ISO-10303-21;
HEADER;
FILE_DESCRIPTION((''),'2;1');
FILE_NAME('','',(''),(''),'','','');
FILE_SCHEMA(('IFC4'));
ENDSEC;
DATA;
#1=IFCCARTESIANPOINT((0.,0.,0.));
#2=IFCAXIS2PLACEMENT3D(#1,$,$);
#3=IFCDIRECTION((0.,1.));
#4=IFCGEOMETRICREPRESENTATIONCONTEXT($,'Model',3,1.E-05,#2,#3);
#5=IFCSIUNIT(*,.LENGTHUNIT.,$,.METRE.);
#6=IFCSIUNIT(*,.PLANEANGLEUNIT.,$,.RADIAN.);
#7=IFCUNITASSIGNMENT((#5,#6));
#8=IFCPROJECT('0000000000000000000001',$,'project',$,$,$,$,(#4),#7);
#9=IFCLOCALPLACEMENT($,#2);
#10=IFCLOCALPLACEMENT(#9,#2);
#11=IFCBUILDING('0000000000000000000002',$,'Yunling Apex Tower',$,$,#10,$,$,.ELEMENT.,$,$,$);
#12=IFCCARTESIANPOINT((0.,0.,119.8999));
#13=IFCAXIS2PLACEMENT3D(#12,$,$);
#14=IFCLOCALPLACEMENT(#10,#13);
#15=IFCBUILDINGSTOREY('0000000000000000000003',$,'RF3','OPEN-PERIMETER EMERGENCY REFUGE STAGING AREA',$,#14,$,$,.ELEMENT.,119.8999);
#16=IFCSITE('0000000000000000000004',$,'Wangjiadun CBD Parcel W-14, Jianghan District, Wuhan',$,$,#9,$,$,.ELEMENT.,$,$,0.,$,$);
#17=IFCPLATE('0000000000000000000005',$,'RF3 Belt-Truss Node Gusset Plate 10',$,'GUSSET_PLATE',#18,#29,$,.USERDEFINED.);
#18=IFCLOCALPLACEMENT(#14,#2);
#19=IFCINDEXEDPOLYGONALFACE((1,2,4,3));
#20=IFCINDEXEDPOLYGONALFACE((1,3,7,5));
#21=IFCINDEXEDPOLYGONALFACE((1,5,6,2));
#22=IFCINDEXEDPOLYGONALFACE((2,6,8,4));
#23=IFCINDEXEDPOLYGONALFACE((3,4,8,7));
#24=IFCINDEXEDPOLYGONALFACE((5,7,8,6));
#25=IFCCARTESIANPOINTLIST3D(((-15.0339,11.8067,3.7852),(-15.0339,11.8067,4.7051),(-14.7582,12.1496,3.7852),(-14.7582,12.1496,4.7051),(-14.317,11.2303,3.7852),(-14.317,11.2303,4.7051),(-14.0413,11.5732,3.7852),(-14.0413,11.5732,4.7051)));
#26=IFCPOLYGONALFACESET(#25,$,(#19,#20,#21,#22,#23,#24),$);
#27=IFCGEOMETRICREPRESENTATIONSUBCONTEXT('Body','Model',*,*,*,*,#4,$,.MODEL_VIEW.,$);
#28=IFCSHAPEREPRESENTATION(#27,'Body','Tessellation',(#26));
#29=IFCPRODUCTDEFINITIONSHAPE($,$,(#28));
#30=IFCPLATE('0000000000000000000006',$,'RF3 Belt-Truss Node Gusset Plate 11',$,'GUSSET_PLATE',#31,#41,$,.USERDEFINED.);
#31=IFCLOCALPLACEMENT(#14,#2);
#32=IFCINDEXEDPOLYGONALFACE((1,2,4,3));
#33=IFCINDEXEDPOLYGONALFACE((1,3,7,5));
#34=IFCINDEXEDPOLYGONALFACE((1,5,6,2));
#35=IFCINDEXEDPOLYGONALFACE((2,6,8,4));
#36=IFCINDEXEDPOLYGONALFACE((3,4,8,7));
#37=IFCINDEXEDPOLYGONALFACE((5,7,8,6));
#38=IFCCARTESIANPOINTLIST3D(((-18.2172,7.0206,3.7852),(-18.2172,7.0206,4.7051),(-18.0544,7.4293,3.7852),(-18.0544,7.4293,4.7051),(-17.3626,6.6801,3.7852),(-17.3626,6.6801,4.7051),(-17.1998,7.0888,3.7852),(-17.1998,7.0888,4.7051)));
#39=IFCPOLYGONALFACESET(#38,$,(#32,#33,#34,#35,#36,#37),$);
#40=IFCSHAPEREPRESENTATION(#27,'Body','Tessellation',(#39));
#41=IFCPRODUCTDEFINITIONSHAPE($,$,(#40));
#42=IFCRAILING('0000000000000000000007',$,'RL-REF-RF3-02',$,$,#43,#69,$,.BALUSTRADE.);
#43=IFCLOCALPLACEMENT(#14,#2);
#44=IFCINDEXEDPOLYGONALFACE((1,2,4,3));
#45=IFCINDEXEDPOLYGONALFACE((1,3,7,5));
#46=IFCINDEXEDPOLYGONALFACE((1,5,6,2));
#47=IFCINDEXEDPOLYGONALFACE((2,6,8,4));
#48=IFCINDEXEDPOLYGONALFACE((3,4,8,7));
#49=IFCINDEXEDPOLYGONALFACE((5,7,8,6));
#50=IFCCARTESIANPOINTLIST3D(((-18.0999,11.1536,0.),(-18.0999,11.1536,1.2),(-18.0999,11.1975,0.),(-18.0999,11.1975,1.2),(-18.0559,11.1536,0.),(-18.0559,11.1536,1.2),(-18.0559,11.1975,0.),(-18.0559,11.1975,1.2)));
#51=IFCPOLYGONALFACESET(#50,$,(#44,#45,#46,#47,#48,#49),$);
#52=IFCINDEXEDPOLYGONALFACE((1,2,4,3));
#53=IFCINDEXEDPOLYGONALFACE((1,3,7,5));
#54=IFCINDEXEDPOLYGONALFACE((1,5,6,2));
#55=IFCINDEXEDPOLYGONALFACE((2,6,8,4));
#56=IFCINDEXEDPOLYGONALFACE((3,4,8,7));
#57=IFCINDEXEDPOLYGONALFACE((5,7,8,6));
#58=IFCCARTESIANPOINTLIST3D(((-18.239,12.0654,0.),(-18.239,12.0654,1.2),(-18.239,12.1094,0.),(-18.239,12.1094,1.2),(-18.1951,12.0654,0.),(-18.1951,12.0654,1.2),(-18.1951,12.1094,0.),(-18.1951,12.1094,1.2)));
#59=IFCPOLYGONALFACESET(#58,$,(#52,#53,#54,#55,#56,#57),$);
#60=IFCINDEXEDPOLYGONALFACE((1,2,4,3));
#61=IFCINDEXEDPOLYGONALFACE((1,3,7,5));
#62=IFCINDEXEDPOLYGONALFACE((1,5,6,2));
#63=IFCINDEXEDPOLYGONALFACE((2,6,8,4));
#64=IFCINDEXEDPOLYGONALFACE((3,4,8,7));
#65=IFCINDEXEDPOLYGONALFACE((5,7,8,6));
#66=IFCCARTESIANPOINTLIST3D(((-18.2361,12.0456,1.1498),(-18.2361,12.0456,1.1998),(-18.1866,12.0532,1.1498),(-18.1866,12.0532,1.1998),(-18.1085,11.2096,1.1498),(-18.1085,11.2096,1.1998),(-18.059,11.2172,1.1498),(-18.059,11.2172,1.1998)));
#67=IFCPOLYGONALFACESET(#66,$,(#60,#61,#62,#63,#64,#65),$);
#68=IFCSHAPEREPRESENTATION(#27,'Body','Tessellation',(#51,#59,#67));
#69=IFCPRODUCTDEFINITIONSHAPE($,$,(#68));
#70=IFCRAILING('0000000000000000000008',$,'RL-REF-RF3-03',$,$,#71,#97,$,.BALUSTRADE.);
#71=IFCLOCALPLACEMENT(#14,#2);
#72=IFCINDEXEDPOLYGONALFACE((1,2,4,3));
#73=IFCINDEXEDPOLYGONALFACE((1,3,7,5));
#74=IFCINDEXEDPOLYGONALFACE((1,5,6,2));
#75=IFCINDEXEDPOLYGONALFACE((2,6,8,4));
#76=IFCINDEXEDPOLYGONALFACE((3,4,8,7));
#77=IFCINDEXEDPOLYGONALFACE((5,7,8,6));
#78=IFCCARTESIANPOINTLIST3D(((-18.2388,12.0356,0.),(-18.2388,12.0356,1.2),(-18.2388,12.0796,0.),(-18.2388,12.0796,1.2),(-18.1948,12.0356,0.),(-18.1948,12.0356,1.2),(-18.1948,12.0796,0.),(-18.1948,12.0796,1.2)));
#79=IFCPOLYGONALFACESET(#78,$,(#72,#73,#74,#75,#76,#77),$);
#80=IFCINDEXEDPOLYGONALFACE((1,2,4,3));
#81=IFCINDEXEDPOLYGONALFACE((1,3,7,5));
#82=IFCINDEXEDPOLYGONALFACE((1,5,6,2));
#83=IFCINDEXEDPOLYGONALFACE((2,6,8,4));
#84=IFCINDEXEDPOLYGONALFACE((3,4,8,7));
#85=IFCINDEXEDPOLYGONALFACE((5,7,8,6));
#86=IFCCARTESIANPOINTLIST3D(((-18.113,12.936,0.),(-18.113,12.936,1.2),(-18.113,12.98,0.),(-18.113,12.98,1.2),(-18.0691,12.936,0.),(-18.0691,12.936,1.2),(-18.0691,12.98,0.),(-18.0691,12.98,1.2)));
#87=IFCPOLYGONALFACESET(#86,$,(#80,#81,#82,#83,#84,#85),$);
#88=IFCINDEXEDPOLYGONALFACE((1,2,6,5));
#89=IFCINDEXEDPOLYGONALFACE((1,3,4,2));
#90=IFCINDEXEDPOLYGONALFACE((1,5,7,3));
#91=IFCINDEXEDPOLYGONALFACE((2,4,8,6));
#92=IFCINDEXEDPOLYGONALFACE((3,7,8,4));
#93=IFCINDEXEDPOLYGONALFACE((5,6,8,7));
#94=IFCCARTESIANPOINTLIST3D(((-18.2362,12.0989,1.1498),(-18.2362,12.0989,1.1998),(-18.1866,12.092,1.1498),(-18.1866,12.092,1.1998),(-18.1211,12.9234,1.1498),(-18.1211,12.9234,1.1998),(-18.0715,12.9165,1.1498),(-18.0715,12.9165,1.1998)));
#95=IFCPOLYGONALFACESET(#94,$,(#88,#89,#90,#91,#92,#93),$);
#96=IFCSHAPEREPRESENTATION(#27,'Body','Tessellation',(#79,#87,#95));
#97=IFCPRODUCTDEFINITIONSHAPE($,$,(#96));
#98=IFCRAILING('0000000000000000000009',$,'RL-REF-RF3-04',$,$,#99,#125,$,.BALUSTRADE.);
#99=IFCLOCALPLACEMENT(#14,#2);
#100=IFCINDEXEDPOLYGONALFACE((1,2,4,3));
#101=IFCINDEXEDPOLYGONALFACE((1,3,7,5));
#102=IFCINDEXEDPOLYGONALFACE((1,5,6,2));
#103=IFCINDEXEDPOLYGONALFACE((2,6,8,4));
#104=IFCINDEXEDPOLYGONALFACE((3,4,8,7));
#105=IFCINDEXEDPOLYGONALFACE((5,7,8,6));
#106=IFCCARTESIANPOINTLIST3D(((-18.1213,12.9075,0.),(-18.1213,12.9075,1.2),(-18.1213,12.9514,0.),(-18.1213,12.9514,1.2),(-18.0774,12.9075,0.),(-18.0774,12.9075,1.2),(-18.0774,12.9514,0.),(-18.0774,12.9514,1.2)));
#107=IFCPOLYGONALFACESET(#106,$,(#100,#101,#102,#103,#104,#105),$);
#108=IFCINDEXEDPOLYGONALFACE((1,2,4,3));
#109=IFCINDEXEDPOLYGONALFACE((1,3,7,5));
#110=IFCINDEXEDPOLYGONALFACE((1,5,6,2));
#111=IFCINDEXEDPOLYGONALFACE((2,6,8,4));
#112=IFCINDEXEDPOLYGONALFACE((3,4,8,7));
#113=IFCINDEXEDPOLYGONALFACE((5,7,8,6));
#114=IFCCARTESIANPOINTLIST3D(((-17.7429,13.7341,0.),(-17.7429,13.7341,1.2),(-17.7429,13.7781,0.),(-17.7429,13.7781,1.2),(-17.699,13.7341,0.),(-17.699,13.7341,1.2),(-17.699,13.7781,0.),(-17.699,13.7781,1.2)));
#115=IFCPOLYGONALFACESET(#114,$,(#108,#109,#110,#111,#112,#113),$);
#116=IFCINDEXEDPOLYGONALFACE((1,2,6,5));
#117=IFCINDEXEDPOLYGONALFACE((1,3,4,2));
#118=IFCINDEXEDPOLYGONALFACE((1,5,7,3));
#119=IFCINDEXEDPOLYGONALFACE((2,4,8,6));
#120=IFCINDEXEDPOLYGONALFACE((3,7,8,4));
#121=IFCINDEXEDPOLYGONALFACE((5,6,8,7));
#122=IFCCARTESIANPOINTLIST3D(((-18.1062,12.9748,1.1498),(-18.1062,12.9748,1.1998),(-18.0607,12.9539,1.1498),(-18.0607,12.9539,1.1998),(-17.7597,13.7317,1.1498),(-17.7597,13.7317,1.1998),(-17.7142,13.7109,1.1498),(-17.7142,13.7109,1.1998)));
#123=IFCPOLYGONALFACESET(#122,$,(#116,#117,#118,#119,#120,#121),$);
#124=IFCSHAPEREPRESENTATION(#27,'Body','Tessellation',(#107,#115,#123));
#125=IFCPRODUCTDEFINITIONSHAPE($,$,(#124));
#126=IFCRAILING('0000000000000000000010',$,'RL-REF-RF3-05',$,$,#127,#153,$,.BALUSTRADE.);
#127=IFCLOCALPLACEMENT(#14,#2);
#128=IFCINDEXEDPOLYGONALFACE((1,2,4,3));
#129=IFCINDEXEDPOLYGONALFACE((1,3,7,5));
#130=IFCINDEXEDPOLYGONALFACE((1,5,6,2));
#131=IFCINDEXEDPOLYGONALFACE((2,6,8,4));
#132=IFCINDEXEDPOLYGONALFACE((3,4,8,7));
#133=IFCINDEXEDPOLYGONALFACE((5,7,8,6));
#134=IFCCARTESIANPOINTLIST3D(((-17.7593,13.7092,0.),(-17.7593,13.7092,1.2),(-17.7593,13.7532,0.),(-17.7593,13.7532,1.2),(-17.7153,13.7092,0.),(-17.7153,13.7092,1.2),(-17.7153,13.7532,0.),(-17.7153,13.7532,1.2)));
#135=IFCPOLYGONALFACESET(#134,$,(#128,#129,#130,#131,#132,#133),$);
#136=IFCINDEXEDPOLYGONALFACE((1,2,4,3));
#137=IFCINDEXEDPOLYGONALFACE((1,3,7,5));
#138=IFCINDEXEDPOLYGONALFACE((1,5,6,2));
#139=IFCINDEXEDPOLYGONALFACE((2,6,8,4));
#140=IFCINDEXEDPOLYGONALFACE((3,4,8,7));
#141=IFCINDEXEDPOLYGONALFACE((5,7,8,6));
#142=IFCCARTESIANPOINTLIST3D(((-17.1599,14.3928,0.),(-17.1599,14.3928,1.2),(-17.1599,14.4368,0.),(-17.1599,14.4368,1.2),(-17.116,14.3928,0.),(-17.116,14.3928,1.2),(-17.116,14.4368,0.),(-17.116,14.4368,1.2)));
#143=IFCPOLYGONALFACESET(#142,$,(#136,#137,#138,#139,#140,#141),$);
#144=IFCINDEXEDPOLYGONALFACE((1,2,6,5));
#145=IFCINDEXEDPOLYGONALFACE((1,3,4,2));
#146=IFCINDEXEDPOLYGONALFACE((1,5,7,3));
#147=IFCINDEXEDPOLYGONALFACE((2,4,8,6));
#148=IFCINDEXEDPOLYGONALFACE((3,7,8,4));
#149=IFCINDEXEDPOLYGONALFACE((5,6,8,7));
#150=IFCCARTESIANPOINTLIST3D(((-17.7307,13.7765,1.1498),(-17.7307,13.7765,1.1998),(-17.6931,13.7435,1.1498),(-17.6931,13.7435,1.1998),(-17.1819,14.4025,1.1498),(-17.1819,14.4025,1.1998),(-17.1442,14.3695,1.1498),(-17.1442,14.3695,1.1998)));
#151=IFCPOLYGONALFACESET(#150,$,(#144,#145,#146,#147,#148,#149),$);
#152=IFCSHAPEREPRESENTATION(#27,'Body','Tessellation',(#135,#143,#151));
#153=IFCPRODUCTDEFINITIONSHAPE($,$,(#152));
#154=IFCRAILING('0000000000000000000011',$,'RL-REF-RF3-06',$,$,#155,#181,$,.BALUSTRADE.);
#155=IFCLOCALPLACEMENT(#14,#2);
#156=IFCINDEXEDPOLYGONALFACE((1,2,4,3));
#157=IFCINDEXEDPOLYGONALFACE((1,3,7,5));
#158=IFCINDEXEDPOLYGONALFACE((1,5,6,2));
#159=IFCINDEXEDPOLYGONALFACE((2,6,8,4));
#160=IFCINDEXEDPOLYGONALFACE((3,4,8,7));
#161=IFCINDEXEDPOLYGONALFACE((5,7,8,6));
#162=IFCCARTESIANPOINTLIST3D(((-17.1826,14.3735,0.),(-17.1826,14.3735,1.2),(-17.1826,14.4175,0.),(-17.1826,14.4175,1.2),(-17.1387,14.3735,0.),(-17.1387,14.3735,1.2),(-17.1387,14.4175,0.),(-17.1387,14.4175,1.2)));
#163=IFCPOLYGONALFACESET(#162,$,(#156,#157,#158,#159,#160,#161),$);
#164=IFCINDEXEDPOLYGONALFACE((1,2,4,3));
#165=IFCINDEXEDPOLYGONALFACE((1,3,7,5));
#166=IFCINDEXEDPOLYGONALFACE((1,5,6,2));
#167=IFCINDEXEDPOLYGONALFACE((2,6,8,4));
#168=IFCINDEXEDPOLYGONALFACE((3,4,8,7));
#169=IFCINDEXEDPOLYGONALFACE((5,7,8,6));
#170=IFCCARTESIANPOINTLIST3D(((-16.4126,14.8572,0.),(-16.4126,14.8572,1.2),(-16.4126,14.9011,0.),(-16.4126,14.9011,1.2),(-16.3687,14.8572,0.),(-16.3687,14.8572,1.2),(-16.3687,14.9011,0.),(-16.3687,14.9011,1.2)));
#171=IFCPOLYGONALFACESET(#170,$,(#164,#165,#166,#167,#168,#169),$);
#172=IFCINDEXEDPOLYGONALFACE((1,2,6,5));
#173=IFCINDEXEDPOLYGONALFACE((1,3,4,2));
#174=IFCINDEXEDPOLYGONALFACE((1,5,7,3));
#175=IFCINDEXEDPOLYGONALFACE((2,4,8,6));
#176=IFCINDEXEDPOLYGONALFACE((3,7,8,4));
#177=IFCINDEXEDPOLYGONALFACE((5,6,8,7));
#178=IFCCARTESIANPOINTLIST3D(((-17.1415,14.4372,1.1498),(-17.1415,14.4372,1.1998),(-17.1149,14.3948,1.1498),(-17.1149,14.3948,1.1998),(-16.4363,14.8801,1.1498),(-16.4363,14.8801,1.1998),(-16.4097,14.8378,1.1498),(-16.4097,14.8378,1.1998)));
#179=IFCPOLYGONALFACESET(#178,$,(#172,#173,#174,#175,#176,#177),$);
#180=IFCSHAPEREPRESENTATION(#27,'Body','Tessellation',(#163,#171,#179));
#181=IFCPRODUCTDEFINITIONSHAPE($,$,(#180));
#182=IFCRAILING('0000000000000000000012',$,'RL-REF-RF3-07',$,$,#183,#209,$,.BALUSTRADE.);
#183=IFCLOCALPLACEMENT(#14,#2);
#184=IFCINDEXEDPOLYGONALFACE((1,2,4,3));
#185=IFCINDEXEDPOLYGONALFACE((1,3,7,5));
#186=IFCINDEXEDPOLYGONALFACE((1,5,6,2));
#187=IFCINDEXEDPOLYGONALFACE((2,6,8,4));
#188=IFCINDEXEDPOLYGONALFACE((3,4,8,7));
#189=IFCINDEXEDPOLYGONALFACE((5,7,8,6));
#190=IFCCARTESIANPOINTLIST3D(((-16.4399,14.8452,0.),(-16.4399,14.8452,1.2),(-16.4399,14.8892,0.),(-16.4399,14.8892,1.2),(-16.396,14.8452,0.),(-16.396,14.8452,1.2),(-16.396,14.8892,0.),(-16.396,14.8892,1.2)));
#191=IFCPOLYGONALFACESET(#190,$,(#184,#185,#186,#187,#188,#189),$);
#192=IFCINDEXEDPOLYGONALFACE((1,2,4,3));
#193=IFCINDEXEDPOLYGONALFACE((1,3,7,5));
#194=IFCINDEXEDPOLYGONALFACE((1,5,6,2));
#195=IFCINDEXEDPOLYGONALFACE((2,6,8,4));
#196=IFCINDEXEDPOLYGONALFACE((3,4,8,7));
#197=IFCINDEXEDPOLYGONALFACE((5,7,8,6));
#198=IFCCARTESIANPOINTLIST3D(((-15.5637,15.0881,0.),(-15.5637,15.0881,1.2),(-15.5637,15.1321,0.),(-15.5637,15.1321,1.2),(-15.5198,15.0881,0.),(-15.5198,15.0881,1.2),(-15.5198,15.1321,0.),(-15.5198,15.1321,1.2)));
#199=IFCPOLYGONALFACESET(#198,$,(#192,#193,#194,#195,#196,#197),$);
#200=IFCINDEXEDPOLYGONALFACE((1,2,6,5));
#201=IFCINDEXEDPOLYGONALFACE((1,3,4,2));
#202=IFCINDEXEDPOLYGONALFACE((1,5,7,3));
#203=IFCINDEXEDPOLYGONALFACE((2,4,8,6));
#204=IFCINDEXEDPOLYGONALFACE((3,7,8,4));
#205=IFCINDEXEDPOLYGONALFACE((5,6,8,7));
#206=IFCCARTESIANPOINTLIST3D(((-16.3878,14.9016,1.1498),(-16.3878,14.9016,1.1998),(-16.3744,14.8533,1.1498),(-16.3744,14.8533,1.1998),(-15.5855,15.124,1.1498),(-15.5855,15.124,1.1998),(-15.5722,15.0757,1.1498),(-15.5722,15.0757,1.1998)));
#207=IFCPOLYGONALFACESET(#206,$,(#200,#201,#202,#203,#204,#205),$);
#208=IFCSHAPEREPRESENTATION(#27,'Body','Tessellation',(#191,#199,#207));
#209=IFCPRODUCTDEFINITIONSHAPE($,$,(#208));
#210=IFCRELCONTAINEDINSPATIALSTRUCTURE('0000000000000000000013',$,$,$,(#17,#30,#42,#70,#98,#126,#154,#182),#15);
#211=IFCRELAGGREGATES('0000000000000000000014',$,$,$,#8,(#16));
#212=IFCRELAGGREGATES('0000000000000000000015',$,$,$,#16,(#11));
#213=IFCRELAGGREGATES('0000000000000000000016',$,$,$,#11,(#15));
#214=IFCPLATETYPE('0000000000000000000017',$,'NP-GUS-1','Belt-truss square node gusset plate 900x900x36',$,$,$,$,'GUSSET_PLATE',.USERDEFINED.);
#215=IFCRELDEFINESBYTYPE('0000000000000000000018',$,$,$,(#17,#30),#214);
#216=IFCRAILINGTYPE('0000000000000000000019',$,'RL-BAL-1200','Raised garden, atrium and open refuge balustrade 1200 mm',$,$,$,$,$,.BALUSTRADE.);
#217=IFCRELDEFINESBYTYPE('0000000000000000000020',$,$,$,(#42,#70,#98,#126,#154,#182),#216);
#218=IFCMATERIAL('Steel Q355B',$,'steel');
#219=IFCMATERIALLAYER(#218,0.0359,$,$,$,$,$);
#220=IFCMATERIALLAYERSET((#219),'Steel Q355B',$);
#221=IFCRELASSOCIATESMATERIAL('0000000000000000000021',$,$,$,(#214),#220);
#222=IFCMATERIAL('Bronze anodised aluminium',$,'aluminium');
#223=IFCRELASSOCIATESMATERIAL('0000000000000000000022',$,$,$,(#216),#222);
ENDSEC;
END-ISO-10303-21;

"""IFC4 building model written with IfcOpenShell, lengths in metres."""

from ifc_helpers import new_model, si_unit, direction, frame, origin, origin_2d, place, context, subcontext, project, spatial, rectangle, extrude, source, transform, mapped, material, layer, layer_set, type_object, element, save


model = new_model("IFC4")

# Units and contexts
model_context = context("Model", 3, precision=1e-05, world=origin(), true_north=direction((0.0, 1.0)))
body_context = subcontext(model_context, "Body", "Model", "MODEL_VIEW")
ifc_project = project(units=[si_unit("LENGTHUNIT", "METRE"), si_unit("PLANEANGLEUNIT", "RADIAN")], contexts=[model_context])

# Site, building, storey
site_placement = place(None, origin())
site = spatial("IfcSite", under=ifc_project, at=site_placement, Name="Wangjiadun CBD Parcel W-14, Jianghan District, Wuhan", CompositionType="ELEMENT", RefElevation=0.0)
building_placement = place(site_placement, origin())
building = spatial("IfcBuilding", under=site, at=building_placement, Name="Yunling Apex Tower", CompositionType="ELEMENT")
storey_placement = place(building_placement, frame((0.0, 0.0, 119.8999)))
storey = spatial("IfcBuildingStorey", under=building, at=storey_placement, Name="RF3", Description="OPEN-PERIMETER EMERGENCY REFUGE STAGING AREA", CompositionType="ELEMENT", Elevation=119.8999)

# Shared definitions
ifc_material_1 = material(Name="Steel Q355B", Category="steel")

# Plates
ifc_layer_1 = layer(ifc_material_1, 0.0359)
ifc_layer_set_1 = layer_set([ifc_layer_1], Name="Steel Q355B")
plate_type_1 = type_object("IfcPlateType", Name="NP-GUS-1", Description="Belt-truss square node gusset plate 900x900x36", ElementType="GUSSET_PLATE", PredefinedType="USERDEFINED", material=ifc_layer_set_1)
shared_shape_1 = source(origin(), body_context, "Body", "SweptSolid", [
    extrude(rectangle(XDim=0.9199, YDim=0.4399, at=origin_2d()), origin(), (0.0, 0.0, 1.0), 0.9199),
])
for number, where, z_axis, x_axis, name in (
    (1, (-14.5376, 11.6899, 3.7852), (0.0, 0.0, 1.0), (-0.779338, 0.626604, 0.0), "RF3 Belt-Truss Node Gusset Plate 10"),
    (2, (-17.7085, 7.0547, 3.7852), (0.0, 0.0, 1.0), (-0.929003, 0.370071, 0.0), "RF3 Belt-Truss Node Gusset Plate 11"),
):
    element("IfcPlate", number, at=place(storey_placement, frame(where, z_axis=z_axis, x_axis=x_axis)), inside=storey, type_object=plate_type_1, Name=name, ObjectType="GUSSET_PLATE", PredefinedType="USERDEFINED", context=body_context, shape_type="MappedRepresentation", body=[
        mapped(shared_shape_1, transform((0.0, 0.0, 0.0), scale=1.0)),
    ])

# Railings
ifc_material_2 = material(Name="Bronze anodised aluminium", Category="aluminium")
railing_type = type_object("IfcRailingType", Name="RL-BAL-1200", Description="Raised garden, atrium and open refuge balustrade 1200 mm", PredefinedType="BALUSTRADE", material=ifc_material_2)
railing_1_placement = place(storey_placement, frame((-18.0779, 11.1755, 0.0)))
element("IfcRailing", 3, at=railing_1_placement, inside=storey, type_object=railing_type, Name="RL-REF-RF3-02", PredefinedType="BALUSTRADE", context=body_context, shape_type="SweptSolid", body=[
    extrude(rectangle(XDim=0.0439, YDim=0.0439, at=origin_2d()), origin(), (0.0, 0.0, 1.0), 1.2),
    extrude(rectangle(XDim=0.0439, YDim=0.0439, at=origin_2d()), frame((-0.1392, 0.9119, 0.0)), (0.0, 0.0, 1.0), 1.2),
    extrude(rectangle(XDim=0.05, YDim=0.05, at=origin_2d()), frame((-0.0059, 0.0378, 1.1748), z_axis=(-0.150864, 0.988555, 0.0), x_axis=(-0.988555, -0.150864, 0.0)), (0.0, 0.0, 1.0), 0.8457),
])
railing_2_placement = place(storey_placement, frame((-18.2168, 12.0576, 0.0)))
element("IfcRailing", 4, at=railing_2_placement, inside=storey, type_object=railing_type, Name="RL-REF-RF3-03", PredefinedType="BALUSTRADE", context=body_context, shape_type="SweptSolid", body=[
    extrude(rectangle(XDim=0.0439, YDim=0.0439, at=origin_2d()), origin(), (0.0, 0.0, 1.0), 1.2),
    extrude(rectangle(XDim=0.0439, YDim=0.0439, at=origin_2d()), frame((0.1257, 0.9004, 0.0)), (0.0, 0.0, 1.0), 1.2),
    extrude(rectangle(XDim=0.05, YDim=0.05, at=origin_2d()), frame((0.0054, 0.0378, 1.1748), z_axis=(0.1383, 0.99039, 0.0), x_axis=(-0.99039, 0.1383, 0.0)), (0.0, 0.0, 1.0), 0.8325),
])
railing_3_placement = place(storey_placement, frame((-18.0994, 12.9294, 0.0)))
element("IfcRailing", 5, at=railing_3_placement, inside=storey, type_object=railing_type, Name="RL-REF-RF3-04", PredefinedType="BALUSTRADE", context=body_context, shape_type="SweptSolid", body=[
    extrude(rectangle(XDim=0.0439, YDim=0.0439, at=origin_2d()), origin(), (0.0, 0.0, 1.0), 1.2),
    extrude(rectangle(XDim=0.0439, YDim=0.0439, at=origin_2d()), frame((0.3784, 0.8267, 0.0)), (0.0, 0.0, 1.0), 1.2),
    extrude(rectangle(XDim=0.05, YDim=0.05, at=origin_2d()), frame((0.0159, 0.0349, 1.1748), z_axis=(0.416229, 0.90926, 0.0), x_axis=(-0.90926, 0.416229, 0.0)), (0.0, 0.0, 1.0), 0.8325),
])
railing_4_placement = place(storey_placement, frame((-17.7373, 13.7312, 0.0)))
element("IfcRailing", 6, at=railing_4_placement, inside=storey, type_object=railing_type, Name="RL-REF-RF3-05", PredefinedType="BALUSTRADE", context=body_context, shape_type="SweptSolid", body=[
    extrude(rectangle(XDim=0.0439, YDim=0.0439, at=origin_2d()), origin(), (0.0, 0.0, 1.0), 1.2),
    extrude(rectangle(XDim=0.0439, YDim=0.0439, at=origin_2d()), frame((0.5994, 0.6836, 0.0)), (0.0, 0.0, 1.0), 1.2),
    extrude(rectangle(XDim=0.05, YDim=0.05, at=origin_2d()), frame((0.0254, 0.0288, 1.1748), z_axis=(0.659265, 0.751911, 0.0), x_axis=(-0.751911, 0.659265, 0.0)), (0.0, 0.0, 1.0), 0.8325),
])
railing_5_placement = place(storey_placement, frame((-17.1606, 14.3955, 0.0)))
element("IfcRailing", 7, at=railing_5_placement, inside=storey, type_object=railing_type, Name="RL-REF-RF3-06", PredefinedType="BALUSTRADE", context=body_context, shape_type="SweptSolid", body=[
    extrude(rectangle(XDim=0.0439, YDim=0.0439, at=origin_2d()), origin(), (0.0, 0.0, 1.0), 1.2),
    extrude(rectangle(XDim=0.0439, YDim=0.0439, at=origin_2d()), frame((0.77, 0.4836, 0.0)), (0.0, 0.0, 1.0), 1.2),
    extrude(rectangle(XDim=0.05, YDim=0.05, at=origin_2d()), frame((0.0325, 0.0205, 1.1748), z_axis=(0.84682, 0.53188, 0.0), x_axis=(-0.53188, 0.84682, 0.0)), (0.0, 0.0, 1.0), 0.8328),
])
railing_6_placement = place(storey_placement, frame((-16.418, 14.8672, 0.0)))
element("IfcRailing", 8, at=railing_6_placement, inside=storey, type_object=railing_type, Name="RL-REF-RF3-07", PredefinedType="BALUSTRADE", context=body_context, shape_type="SweptSolid", body=[
    extrude(rectangle(XDim=0.0439, YDim=0.0439, at=origin_2d()), origin(), (0.0, 0.0, 1.0), 1.2),
    extrude(rectangle(XDim=0.0439, YDim=0.0439, at=origin_2d()), frame((0.8762, 0.2429, 0.0)), (0.0, 0.0, 1.0), 1.2),
    extrude(rectangle(XDim=0.05, YDim=0.05, at=origin_2d()), frame((0.0369, 0.0103, 1.1748), z_axis=(0.963652, 0.267159, 0.0), x_axis=(-0.267159, 0.963652, 0.0)), (0.0, 0.0, 1.0), 0.8325),
])

save(model, "model.ifc")
